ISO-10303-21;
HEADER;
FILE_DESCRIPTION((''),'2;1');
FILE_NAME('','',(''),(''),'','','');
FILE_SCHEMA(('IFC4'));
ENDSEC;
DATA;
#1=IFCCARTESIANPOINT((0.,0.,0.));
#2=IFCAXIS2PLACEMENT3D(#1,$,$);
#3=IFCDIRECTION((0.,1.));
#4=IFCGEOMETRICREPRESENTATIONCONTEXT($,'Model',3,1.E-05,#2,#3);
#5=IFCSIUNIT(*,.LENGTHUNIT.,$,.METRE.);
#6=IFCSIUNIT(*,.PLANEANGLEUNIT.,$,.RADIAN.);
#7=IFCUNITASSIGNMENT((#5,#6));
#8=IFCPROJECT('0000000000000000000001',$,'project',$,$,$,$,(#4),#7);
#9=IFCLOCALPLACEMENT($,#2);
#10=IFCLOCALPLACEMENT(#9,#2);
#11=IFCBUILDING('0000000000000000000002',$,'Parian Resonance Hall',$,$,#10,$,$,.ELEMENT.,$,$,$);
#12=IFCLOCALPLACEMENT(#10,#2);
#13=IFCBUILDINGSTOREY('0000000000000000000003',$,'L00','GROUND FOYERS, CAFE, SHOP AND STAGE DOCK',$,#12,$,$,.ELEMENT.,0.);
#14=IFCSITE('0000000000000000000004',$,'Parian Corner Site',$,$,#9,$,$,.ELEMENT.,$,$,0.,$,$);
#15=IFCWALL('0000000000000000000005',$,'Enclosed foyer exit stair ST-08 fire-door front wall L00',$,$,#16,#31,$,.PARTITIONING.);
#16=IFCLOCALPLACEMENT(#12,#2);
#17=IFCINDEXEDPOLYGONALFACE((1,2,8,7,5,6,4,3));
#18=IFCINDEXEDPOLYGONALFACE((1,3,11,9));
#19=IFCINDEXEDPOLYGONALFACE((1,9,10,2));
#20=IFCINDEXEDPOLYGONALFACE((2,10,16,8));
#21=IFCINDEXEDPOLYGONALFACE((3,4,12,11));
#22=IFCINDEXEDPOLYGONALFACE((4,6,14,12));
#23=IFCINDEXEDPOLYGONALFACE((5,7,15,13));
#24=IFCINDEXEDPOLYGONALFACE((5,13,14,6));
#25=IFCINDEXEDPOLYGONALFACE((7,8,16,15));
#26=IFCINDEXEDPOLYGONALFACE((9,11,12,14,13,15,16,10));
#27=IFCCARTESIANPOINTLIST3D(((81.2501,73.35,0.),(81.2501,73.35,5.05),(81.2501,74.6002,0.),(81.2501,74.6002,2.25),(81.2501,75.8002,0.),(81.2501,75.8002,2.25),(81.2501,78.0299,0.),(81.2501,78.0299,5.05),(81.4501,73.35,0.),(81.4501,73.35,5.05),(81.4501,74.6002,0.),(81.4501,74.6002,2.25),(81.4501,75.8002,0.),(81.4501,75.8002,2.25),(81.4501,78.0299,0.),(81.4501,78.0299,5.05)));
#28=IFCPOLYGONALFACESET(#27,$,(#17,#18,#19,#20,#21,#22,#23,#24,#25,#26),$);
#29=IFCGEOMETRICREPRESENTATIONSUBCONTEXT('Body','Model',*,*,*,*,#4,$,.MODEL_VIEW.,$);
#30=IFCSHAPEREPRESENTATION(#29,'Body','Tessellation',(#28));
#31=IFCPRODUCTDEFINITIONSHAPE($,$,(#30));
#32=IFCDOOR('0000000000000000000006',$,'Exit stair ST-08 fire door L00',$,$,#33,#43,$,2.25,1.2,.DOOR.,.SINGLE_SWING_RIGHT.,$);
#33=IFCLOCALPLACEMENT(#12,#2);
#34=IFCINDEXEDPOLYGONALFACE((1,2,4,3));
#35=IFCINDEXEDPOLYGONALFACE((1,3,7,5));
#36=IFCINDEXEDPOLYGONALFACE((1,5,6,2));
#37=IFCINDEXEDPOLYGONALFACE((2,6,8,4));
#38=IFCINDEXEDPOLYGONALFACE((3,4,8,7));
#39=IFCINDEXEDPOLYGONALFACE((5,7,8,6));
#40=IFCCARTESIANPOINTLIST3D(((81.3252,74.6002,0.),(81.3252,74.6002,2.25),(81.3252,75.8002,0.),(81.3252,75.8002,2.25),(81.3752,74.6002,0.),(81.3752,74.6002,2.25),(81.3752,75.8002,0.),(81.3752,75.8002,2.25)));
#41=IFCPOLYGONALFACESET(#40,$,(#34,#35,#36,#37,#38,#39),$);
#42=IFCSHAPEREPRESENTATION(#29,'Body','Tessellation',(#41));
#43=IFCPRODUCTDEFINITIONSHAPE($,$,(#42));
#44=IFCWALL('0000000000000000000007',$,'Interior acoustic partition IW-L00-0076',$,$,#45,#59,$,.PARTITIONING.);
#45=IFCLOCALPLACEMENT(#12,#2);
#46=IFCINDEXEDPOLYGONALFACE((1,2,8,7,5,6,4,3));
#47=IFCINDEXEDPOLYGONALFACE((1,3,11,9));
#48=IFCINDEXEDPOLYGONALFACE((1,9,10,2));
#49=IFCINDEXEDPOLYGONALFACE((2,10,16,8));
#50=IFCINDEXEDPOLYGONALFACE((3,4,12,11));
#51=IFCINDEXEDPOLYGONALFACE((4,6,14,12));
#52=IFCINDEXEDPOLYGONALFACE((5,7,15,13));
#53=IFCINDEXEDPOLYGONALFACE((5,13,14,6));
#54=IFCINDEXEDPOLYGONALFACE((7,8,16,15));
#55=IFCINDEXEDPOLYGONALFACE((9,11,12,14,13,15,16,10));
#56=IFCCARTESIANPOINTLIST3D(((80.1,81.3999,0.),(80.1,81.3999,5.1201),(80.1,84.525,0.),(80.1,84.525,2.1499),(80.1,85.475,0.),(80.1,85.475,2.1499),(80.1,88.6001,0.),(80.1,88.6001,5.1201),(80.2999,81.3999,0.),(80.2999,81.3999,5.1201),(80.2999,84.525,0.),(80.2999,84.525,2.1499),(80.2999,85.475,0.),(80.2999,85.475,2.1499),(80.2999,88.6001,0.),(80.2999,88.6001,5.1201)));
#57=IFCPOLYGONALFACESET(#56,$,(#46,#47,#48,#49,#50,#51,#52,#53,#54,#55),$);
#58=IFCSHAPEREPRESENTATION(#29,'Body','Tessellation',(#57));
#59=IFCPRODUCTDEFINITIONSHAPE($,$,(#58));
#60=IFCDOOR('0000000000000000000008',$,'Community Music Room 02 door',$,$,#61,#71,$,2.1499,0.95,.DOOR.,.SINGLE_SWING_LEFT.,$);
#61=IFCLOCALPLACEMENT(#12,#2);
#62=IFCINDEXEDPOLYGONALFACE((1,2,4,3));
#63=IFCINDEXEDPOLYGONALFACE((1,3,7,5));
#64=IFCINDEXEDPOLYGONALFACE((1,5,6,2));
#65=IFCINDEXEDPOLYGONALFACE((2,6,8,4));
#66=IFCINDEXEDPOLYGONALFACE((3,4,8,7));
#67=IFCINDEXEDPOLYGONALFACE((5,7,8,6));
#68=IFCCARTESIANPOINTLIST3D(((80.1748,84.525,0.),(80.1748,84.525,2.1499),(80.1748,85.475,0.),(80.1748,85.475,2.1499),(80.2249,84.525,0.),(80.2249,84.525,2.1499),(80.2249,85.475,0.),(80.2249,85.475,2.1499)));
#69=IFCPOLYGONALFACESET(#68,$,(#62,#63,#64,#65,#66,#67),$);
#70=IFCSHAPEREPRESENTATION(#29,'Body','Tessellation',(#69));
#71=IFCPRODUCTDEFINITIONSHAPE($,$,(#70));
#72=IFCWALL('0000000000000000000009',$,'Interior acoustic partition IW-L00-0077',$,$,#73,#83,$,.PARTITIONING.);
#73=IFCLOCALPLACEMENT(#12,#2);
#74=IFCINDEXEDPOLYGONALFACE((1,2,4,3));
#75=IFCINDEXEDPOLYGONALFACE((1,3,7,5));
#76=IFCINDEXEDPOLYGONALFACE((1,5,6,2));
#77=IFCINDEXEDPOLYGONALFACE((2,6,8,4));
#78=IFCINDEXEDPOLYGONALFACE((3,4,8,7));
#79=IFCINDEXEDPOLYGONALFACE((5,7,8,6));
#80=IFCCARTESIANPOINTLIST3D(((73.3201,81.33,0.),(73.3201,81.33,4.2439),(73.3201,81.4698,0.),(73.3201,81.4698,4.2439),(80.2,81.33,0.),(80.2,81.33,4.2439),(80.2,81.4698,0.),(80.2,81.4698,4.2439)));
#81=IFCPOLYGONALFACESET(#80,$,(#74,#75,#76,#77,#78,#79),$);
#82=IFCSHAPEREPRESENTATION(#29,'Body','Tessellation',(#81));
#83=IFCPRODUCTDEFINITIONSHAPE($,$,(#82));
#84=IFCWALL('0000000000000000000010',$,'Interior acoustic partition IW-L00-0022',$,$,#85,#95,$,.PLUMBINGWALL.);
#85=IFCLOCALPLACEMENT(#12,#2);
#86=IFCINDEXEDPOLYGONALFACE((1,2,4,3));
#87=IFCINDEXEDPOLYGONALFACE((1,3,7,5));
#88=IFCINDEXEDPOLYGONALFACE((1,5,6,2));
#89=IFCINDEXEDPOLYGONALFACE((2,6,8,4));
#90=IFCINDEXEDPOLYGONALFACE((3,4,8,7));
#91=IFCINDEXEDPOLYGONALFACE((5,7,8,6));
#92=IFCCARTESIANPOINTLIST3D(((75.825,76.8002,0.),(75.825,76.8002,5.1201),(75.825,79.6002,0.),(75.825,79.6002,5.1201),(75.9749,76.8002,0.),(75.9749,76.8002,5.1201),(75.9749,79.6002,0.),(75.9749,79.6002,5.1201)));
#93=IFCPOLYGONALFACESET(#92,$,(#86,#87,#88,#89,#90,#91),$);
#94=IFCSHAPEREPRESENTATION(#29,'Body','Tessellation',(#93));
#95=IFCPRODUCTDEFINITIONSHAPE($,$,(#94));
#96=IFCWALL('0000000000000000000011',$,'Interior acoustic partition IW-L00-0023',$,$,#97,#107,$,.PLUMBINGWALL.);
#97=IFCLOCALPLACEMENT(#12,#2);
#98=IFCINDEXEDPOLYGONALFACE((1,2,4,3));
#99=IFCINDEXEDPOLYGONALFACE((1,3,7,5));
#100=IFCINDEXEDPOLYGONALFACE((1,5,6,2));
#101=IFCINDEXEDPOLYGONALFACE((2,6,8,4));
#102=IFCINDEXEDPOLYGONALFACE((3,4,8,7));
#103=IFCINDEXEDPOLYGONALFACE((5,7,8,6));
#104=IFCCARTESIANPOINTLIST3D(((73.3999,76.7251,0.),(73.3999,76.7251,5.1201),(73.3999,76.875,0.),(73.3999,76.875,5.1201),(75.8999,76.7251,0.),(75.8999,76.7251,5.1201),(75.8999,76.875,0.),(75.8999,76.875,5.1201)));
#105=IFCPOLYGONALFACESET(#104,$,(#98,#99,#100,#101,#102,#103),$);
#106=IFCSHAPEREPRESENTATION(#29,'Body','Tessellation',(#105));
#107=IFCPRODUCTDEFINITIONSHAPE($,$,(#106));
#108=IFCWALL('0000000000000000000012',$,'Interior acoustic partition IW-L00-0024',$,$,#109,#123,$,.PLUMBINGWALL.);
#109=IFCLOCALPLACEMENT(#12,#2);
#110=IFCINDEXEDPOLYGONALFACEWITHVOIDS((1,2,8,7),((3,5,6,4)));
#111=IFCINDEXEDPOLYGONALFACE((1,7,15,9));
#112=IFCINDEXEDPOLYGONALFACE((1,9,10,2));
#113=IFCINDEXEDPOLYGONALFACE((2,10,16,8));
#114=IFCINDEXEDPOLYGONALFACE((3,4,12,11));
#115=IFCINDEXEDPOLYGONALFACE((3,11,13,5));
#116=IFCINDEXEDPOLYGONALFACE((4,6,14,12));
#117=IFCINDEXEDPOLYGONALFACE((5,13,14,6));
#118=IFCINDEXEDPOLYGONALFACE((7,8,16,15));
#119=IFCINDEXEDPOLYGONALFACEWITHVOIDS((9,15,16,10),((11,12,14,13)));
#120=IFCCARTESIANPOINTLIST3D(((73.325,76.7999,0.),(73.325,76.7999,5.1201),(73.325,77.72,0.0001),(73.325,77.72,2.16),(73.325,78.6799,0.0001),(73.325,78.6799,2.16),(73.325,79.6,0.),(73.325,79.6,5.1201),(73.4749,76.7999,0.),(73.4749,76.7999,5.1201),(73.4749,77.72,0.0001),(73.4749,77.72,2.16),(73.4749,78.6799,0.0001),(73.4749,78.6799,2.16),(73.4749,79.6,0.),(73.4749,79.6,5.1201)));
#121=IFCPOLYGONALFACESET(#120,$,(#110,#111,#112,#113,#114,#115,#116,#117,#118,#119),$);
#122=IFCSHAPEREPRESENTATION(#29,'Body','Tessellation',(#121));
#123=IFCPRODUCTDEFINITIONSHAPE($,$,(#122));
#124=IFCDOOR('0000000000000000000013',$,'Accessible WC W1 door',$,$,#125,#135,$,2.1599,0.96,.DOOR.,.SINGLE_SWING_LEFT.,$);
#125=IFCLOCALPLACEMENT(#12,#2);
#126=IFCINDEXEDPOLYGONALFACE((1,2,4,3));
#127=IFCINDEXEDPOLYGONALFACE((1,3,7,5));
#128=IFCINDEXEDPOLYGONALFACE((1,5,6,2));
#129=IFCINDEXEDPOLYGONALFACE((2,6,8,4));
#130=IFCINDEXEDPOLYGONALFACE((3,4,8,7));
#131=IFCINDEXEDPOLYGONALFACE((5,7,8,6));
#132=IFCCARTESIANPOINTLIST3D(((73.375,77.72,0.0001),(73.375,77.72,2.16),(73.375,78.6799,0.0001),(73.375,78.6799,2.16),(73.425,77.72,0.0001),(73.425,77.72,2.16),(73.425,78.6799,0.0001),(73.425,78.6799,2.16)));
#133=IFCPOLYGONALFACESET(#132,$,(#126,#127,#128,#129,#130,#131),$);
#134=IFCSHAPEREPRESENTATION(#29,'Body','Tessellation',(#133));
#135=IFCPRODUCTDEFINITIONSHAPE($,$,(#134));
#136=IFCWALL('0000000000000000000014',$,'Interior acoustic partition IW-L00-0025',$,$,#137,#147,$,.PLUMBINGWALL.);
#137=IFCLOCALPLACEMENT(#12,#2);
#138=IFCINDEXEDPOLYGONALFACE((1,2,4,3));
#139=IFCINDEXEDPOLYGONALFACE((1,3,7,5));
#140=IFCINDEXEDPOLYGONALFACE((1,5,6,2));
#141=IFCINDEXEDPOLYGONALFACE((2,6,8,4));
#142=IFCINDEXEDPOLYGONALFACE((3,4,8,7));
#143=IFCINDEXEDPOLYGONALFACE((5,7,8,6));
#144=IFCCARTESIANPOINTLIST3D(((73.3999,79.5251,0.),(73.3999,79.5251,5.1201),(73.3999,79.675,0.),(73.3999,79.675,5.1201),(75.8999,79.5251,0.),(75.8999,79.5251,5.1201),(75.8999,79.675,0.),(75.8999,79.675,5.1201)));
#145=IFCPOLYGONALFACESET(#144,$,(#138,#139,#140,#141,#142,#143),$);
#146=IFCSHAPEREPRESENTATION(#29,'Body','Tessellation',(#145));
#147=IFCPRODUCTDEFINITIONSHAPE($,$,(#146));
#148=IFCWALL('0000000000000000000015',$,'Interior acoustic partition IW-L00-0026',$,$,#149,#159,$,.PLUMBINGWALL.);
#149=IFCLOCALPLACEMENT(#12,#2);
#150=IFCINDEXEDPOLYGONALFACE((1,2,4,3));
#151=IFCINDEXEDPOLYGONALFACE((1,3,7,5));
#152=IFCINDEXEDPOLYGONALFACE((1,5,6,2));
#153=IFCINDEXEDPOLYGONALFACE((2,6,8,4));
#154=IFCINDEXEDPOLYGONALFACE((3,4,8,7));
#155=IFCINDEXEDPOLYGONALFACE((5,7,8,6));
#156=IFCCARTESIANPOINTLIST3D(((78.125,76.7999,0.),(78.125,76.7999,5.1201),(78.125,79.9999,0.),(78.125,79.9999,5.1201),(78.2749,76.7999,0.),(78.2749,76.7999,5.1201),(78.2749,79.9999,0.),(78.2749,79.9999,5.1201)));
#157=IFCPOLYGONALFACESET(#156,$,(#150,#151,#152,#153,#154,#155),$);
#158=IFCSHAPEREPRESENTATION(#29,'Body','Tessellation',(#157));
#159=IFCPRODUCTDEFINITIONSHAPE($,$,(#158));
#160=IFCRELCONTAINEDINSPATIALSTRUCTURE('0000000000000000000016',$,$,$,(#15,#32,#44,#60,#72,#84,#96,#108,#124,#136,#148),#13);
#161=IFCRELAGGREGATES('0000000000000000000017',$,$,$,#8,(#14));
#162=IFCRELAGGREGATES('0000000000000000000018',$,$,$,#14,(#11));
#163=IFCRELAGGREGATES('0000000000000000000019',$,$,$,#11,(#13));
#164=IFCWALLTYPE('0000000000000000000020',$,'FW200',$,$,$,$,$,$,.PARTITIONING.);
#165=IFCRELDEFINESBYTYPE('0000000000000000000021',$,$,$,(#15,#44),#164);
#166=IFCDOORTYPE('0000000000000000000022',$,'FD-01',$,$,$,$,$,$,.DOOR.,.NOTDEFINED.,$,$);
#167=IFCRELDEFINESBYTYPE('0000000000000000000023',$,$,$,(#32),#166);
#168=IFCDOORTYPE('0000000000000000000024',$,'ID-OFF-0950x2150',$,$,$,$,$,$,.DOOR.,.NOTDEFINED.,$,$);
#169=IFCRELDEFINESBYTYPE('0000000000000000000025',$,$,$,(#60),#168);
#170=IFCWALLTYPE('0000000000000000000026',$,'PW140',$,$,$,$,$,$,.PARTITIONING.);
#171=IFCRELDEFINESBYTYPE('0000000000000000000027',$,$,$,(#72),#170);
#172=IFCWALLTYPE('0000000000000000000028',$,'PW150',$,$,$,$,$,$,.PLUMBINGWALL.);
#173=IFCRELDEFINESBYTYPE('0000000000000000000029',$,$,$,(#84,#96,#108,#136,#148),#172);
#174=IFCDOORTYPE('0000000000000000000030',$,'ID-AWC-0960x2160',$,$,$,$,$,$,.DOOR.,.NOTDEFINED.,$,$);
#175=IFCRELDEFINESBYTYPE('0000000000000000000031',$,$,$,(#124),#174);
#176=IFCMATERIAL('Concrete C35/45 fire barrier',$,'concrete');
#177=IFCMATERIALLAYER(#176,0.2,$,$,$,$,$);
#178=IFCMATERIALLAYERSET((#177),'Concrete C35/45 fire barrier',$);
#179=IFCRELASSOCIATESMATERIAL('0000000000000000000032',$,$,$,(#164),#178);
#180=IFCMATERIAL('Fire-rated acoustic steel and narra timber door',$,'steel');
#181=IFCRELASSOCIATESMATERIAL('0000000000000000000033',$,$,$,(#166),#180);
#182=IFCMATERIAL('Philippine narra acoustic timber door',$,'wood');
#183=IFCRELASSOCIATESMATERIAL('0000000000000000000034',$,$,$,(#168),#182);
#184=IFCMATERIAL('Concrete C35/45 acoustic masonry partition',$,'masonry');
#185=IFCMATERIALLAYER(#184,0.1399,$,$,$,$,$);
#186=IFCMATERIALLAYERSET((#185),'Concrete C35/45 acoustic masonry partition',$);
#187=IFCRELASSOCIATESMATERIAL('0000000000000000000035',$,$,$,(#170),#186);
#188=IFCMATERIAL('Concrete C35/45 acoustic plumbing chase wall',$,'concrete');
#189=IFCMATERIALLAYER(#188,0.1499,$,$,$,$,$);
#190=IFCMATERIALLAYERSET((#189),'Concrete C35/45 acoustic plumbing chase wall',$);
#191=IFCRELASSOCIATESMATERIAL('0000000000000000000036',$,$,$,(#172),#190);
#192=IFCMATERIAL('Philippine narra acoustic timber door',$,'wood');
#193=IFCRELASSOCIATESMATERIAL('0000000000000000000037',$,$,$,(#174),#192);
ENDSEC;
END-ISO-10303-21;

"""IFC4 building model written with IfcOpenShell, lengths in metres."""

from ifc_helpers import new_model, si_unit, direction, frame, frame_2d, origin, place, context, subcontext, project, spatial, rectangle, extrude, material, layer, layer_set, type_object, element, fill, save


model = new_model("IFC4")

# Units and contexts
model_context = context("Model", 3, precision=1e-05, world=origin(), true_north=direction((0.0, 1.0)))
body_context = subcontext(model_context, "Body", "Model", "MODEL_VIEW")
ifc_project = project(units=[si_unit("LENGTHUNIT", "METRE"), si_unit("PLANEANGLEUNIT", "RADIAN")], contexts=[model_context])

# Site, building, storey
site_placement = place(None, origin())
site = spatial("IfcSite", under=ifc_project, at=site_placement, Name="Parian Corner Site", CompositionType="ELEMENT", RefElevation=0.0)
building_placement = place(site_placement, origin())
building = spatial("IfcBuilding", under=site, at=building_placement, Name="Parian Resonance Hall", CompositionType="ELEMENT")
storey_placement = place(building_placement, origin())
storey = spatial("IfcBuildingStorey", under=building, at=storey_placement, Name="L00", Description="GROUND FOYERS, CAFE, SHOP AND STAGE DOCK", CompositionType="ELEMENT", Elevation=0.0)

# Walls, openings, doors
ifc_material_1 = material(Name="Concrete C35/45 fire barrier", Category="concrete")
ifc_layer_1 = layer(ifc_material_1, 0.2)
ifc_layer_set_1 = layer_set([ifc_layer_1], Name="Concrete C35/45 fire barrier")
wall_type_1 = type_object("IfcWallType", Name="FW200", PredefinedType="PARTITIONING", material=ifc_layer_set_1)
wall_1_placement = place(storey_placement, frame((81.3501, 73.3501, 0.0), z_axis=(0.0, 0.0, 1.0), x_axis=(0.0, 1.0, 0.0)))
wall_1 = element("IfcWall", 1, at=wall_1_placement, inside=storey, type_object=wall_type_1, Name="Enclosed foyer exit stair ST-08 fire-door front wall L00", PredefinedType="PARTITIONING", context=body_context, shape_type="SweptSolid", body=[
    extrude(rectangle(XDim=4.6799, YDim=0.2, at=frame_2d((2.3398, 0.0))), origin(), (0.0, 0.0, 1.0), 5.05),
])
opening_1_placement = place(wall_1_placement, frame((1.25, 0.0, 0.0)))
opening_1 = element("IfcOpeningElement", 2, at=opening_1_placement, cuts=wall_1, PredefinedType="OPENING", context=body_context, shape_type="SweptSolid", body=[
    extrude(rectangle(XDim=1.2, YDim=2.25, at=frame_2d((0.6001, 1.125))), frame((0.0, 0.1099, 0.0), z_axis=(0.0, -1.0, 0.0), x_axis=(1.0, 0.0, 0.0)), (0.0, 0.0, 1.0), 0.22),
])
ifc_material_2 = material(Name="Fire-rated acoustic steel and narra timber door", Category="steel")
door_type_1 = type_object("IfcDoorType", Name="FD-01", OperationType="NOTDEFINED", PredefinedType="DOOR", material=ifc_material_2)
door_1_placement = place(opening_1_placement, origin())
door_1 = element("IfcDoor", 3, at=door_1_placement, inside=storey, type_object=door_type_1, Name="Exit stair ST-08 fire door L00", OperationType="SINGLE_SWING_RIGHT", OverallHeight=2.25, OverallWidth=1.2, PredefinedType="DOOR", context=body_context, shape_type="SweptSolid", body=[
    extrude(rectangle(XDim=1.2, YDim=2.25, at=frame_2d((0.6001, 1.125))), frame((0.0, 0.0249, 0.0), z_axis=(0.0, -1.0, 0.0), x_axis=(1.0, 0.0, 0.0)), (0.0, 0.0, 1.0), 0.05),
])
fill(opening_1, door_1)
wall_2_placement = place(storey_placement, frame((80.2, 88.6001, 0.0), z_axis=(0.0, 0.0, 1.0), x_axis=(0.0, -1.0, 0.0)))
wall_2 = element("IfcWall", 4, at=wall_2_placement, inside=storey, type_object=wall_type_1, Name="Interior acoustic partition IW-L00-0076", PredefinedType="PARTITIONING", context=body_context, shape_type="SweptSolid", body=[
    extrude(rectangle(XDim=7.2002, YDim=0.2, at=frame_2d((3.6001, 0.0))), origin(), (0.0, 0.0, 1.0), 5.1201),
])
opening_2_placement = place(wall_2_placement, frame((3.125, 0.0, 0.0)))
opening_2 = element("IfcOpeningElement", 5, at=opening_2_placement, cuts=wall_2, PredefinedType="OPENING", context=body_context, shape_type="SweptSolid", body=[
    extrude(rectangle(XDim=0.95, YDim=2.1499, at=frame_2d((0.4751, 1.075))), frame((0.0, 0.1099, 0.0), z_axis=(0.0, -1.0, 0.0), x_axis=(1.0, 0.0, 0.0)), (0.0, 0.0, 1.0), 0.22),
])
ifc_material_3 = material(Name="Philippine narra acoustic timber door", Category="wood")
door_type_2 = type_object("IfcDoorType", Name="ID-OFF-0950x2150", OperationType="NOTDEFINED", PredefinedType="DOOR", material=ifc_material_3)
door_2_placement = place(opening_2_placement, origin())
door_2 = element("IfcDoor", 6, at=door_2_placement, inside=storey, type_object=door_type_2, Name="Community Music Room 02 door", OperationType="SINGLE_SWING_LEFT", OverallHeight=2.1499, OverallWidth=0.95, PredefinedType="DOOR", context=body_context, shape_type="SweptSolid", body=[
    extrude(rectangle(XDim=0.95, YDim=2.1499, at=frame_2d((0.4751, 1.075))), frame((0.0, 0.0249, 0.0), z_axis=(0.0, -1.0, 0.0), x_axis=(1.0, 0.0, 0.0)), (0.0, 0.0, 1.0), 0.05),
])
fill(opening_2, door_2)

# Walls
ifc_material_4 = material(Name="Concrete C35/45 acoustic masonry partition", Category="masonry")
ifc_layer_2 = layer(ifc_material_4, 0.1399)
ifc_layer_set_2 = layer_set([ifc_layer_2], Name="Concrete C35/45 acoustic masonry partition")
wall_type_2 = type_object("IfcWallType", Name="PW140", PredefinedType="PARTITIONING", material=ifc_layer_set_2)
wall_3_placement = place(storey_placement, frame((80.2, 81.3999, 0.0), z_axis=(0.0, 0.0, 1.0), x_axis=(-1.0, 0.0, 0.0)))
element("IfcWall", 7, at=wall_3_placement, inside=storey, type_object=wall_type_2, Name="Interior acoustic partition IW-L00-0077", PredefinedType="PARTITIONING", context=body_context, shape_type="SweptSolid", body=[
    extrude(rectangle(XDim=6.8799, YDim=0.1399, at=frame_2d((3.4399, 0.0))), origin(), (0.0, 0.0, 1.0), 4.2439),
])
ifc_material_5 = material(Name="Concrete C35/45 acoustic plumbing chase wall", Category="concrete")
ifc_layer_3 = layer(ifc_material_5, 0.1499)
ifc_layer_set_3 = layer_set([ifc_layer_3], Name="Concrete C35/45 acoustic plumbing chase wall")
wall_type_3 = type_object("IfcWallType", Name="PW150", PredefinedType="PLUMBINGWALL", material=ifc_layer_set_3)
wall_4_placement = place(storey_placement, frame((75.8999, 79.6001, 0.0), z_axis=(0.0, 0.0, 1.0), x_axis=(0.0, -1.0, 0.0)))
element("IfcWall", 8, at=wall_4_placement, inside=storey, type_object=wall_type_3, Name="Interior acoustic partition IW-L00-0022", PredefinedType="PLUMBINGWALL", context=body_context, shape_type="SweptSolid", body=[
    extrude(rectangle(XDim=2.8, YDim=0.1499, at=frame_2d((1.3999, 0.0))), origin(), (0.0, 0.0, 1.0), 5.1201),
])
wall_5_placement = place(storey_placement, frame((75.8999, 76.8, 0.0), z_axis=(0.0, 0.0, 1.0), x_axis=(-1.0, 0.0, 0.0)))
element("IfcWall", 9, at=wall_5_placement, inside=storey, type_object=wall_type_3, Name="Interior acoustic partition IW-L00-0023", PredefinedType="PLUMBINGWALL", context=body_context, shape_type="SweptSolid", body=[
    extrude(rectangle(XDim=2.5, YDim=0.1499, at=frame_2d((1.25, 0.0))), origin(), (0.0, 0.0, 1.0), 5.1201),
])

# Wall, opening, door
wall_6_placement = place(storey_placement, frame((73.3999, 76.8, 0.0), z_axis=(0.0, 0.0, 1.0), x_axis=(0.0, 1.0, 0.0)))
wall_6 = element("IfcWall", 10, at=wall_6_placement, inside=storey, type_object=wall_type_3, Name="Interior acoustic partition IW-L00-0024", PredefinedType="PLUMBINGWALL", context=body_context, shape_type="SweptSolid", body=[
    extrude(rectangle(XDim=2.8, YDim=0.1499, at=frame_2d((1.3999, 0.0))), origin(), (0.0, 0.0, 1.0), 5.1201),
])
opening_3_placement = place(wall_6_placement, frame((0.9199, 0.0, 0.0)))
opening_3 = element("IfcOpeningElement", 11, at=opening_3_placement, cuts=wall_6, PredefinedType="OPENING", context=body_context, shape_type="SweptSolid", body=[
    extrude(rectangle(XDim=0.96, YDim=2.1599, at=frame_2d((0.48, 1.0801))), frame((0.0, 0.085, 0.0), z_axis=(0.0, -1.0, 0.0), x_axis=(1.0, 0.0, 0.0)), (0.0, 0.0, 1.0), 0.1699),
])
ifc_material_6 = material(Name="Philippine narra acoustic timber door", Category="wood")
door_type_3 = type_object("IfcDoorType", Name="ID-AWC-0960x2160", OperationType="NOTDEFINED", PredefinedType="DOOR", material=ifc_material_6)
door_3_placement = place(opening_3_placement, origin())
door_3 = element("IfcDoor", 12, at=door_3_placement, inside=storey, type_object=door_type_3, Name="Accessible WC W1 door", OperationType="SINGLE_SWING_LEFT", OverallHeight=2.1599, OverallWidth=0.96, PredefinedType="DOOR", context=body_context, shape_type="SweptSolid", body=[
    extrude(rectangle(XDim=0.96, YDim=2.1599, at=frame_2d((0.48, 1.0801))), frame((0.0, 0.0249, 0.0), z_axis=(0.0, -1.0, 0.0), x_axis=(1.0, 0.0, 0.0)), (0.0, 0.0, 1.0), 0.05),
])
fill(opening_3, door_3)

# Walls
wall_7_placement = place(storey_placement, frame((73.3999, 79.6001, 0.0), z_axis=(0.0, 0.0, 1.0), x_axis=(1.0, 0.0, 0.0)))
element("IfcWall", 13, at=wall_7_placement, inside=storey, type_object=wall_type_3, Name="Interior acoustic partition IW-L00-0025", PredefinedType="PLUMBINGWALL", context=body_context, shape_type="SweptSolid", body=[
    extrude(rectangle(XDim=2.5, YDim=0.1499, at=frame_2d((1.25, 0.0))), origin(), (0.0, 0.0, 1.0), 5.1201),
])
wall_8_placement = place(storey_placement, frame((78.2, 80.0, 0.0), z_axis=(0.0, 0.0, 1.0), x_axis=(0.0, -1.0, 0.0)))
element("IfcWall", 14, at=wall_8_placement, inside=storey, type_object=wall_type_3, Name="Interior acoustic partition IW-L00-0026", PredefinedType="PLUMBINGWALL", context=body_context, shape_type="SweptSolid", body=[
    extrude(rectangle(XDim=3.2, YDim=0.1499, at=frame_2d((1.6001, 0.0))), origin(), (0.0, 0.0, 1.0), 5.1201),
])

save(model, "model.ifc")
